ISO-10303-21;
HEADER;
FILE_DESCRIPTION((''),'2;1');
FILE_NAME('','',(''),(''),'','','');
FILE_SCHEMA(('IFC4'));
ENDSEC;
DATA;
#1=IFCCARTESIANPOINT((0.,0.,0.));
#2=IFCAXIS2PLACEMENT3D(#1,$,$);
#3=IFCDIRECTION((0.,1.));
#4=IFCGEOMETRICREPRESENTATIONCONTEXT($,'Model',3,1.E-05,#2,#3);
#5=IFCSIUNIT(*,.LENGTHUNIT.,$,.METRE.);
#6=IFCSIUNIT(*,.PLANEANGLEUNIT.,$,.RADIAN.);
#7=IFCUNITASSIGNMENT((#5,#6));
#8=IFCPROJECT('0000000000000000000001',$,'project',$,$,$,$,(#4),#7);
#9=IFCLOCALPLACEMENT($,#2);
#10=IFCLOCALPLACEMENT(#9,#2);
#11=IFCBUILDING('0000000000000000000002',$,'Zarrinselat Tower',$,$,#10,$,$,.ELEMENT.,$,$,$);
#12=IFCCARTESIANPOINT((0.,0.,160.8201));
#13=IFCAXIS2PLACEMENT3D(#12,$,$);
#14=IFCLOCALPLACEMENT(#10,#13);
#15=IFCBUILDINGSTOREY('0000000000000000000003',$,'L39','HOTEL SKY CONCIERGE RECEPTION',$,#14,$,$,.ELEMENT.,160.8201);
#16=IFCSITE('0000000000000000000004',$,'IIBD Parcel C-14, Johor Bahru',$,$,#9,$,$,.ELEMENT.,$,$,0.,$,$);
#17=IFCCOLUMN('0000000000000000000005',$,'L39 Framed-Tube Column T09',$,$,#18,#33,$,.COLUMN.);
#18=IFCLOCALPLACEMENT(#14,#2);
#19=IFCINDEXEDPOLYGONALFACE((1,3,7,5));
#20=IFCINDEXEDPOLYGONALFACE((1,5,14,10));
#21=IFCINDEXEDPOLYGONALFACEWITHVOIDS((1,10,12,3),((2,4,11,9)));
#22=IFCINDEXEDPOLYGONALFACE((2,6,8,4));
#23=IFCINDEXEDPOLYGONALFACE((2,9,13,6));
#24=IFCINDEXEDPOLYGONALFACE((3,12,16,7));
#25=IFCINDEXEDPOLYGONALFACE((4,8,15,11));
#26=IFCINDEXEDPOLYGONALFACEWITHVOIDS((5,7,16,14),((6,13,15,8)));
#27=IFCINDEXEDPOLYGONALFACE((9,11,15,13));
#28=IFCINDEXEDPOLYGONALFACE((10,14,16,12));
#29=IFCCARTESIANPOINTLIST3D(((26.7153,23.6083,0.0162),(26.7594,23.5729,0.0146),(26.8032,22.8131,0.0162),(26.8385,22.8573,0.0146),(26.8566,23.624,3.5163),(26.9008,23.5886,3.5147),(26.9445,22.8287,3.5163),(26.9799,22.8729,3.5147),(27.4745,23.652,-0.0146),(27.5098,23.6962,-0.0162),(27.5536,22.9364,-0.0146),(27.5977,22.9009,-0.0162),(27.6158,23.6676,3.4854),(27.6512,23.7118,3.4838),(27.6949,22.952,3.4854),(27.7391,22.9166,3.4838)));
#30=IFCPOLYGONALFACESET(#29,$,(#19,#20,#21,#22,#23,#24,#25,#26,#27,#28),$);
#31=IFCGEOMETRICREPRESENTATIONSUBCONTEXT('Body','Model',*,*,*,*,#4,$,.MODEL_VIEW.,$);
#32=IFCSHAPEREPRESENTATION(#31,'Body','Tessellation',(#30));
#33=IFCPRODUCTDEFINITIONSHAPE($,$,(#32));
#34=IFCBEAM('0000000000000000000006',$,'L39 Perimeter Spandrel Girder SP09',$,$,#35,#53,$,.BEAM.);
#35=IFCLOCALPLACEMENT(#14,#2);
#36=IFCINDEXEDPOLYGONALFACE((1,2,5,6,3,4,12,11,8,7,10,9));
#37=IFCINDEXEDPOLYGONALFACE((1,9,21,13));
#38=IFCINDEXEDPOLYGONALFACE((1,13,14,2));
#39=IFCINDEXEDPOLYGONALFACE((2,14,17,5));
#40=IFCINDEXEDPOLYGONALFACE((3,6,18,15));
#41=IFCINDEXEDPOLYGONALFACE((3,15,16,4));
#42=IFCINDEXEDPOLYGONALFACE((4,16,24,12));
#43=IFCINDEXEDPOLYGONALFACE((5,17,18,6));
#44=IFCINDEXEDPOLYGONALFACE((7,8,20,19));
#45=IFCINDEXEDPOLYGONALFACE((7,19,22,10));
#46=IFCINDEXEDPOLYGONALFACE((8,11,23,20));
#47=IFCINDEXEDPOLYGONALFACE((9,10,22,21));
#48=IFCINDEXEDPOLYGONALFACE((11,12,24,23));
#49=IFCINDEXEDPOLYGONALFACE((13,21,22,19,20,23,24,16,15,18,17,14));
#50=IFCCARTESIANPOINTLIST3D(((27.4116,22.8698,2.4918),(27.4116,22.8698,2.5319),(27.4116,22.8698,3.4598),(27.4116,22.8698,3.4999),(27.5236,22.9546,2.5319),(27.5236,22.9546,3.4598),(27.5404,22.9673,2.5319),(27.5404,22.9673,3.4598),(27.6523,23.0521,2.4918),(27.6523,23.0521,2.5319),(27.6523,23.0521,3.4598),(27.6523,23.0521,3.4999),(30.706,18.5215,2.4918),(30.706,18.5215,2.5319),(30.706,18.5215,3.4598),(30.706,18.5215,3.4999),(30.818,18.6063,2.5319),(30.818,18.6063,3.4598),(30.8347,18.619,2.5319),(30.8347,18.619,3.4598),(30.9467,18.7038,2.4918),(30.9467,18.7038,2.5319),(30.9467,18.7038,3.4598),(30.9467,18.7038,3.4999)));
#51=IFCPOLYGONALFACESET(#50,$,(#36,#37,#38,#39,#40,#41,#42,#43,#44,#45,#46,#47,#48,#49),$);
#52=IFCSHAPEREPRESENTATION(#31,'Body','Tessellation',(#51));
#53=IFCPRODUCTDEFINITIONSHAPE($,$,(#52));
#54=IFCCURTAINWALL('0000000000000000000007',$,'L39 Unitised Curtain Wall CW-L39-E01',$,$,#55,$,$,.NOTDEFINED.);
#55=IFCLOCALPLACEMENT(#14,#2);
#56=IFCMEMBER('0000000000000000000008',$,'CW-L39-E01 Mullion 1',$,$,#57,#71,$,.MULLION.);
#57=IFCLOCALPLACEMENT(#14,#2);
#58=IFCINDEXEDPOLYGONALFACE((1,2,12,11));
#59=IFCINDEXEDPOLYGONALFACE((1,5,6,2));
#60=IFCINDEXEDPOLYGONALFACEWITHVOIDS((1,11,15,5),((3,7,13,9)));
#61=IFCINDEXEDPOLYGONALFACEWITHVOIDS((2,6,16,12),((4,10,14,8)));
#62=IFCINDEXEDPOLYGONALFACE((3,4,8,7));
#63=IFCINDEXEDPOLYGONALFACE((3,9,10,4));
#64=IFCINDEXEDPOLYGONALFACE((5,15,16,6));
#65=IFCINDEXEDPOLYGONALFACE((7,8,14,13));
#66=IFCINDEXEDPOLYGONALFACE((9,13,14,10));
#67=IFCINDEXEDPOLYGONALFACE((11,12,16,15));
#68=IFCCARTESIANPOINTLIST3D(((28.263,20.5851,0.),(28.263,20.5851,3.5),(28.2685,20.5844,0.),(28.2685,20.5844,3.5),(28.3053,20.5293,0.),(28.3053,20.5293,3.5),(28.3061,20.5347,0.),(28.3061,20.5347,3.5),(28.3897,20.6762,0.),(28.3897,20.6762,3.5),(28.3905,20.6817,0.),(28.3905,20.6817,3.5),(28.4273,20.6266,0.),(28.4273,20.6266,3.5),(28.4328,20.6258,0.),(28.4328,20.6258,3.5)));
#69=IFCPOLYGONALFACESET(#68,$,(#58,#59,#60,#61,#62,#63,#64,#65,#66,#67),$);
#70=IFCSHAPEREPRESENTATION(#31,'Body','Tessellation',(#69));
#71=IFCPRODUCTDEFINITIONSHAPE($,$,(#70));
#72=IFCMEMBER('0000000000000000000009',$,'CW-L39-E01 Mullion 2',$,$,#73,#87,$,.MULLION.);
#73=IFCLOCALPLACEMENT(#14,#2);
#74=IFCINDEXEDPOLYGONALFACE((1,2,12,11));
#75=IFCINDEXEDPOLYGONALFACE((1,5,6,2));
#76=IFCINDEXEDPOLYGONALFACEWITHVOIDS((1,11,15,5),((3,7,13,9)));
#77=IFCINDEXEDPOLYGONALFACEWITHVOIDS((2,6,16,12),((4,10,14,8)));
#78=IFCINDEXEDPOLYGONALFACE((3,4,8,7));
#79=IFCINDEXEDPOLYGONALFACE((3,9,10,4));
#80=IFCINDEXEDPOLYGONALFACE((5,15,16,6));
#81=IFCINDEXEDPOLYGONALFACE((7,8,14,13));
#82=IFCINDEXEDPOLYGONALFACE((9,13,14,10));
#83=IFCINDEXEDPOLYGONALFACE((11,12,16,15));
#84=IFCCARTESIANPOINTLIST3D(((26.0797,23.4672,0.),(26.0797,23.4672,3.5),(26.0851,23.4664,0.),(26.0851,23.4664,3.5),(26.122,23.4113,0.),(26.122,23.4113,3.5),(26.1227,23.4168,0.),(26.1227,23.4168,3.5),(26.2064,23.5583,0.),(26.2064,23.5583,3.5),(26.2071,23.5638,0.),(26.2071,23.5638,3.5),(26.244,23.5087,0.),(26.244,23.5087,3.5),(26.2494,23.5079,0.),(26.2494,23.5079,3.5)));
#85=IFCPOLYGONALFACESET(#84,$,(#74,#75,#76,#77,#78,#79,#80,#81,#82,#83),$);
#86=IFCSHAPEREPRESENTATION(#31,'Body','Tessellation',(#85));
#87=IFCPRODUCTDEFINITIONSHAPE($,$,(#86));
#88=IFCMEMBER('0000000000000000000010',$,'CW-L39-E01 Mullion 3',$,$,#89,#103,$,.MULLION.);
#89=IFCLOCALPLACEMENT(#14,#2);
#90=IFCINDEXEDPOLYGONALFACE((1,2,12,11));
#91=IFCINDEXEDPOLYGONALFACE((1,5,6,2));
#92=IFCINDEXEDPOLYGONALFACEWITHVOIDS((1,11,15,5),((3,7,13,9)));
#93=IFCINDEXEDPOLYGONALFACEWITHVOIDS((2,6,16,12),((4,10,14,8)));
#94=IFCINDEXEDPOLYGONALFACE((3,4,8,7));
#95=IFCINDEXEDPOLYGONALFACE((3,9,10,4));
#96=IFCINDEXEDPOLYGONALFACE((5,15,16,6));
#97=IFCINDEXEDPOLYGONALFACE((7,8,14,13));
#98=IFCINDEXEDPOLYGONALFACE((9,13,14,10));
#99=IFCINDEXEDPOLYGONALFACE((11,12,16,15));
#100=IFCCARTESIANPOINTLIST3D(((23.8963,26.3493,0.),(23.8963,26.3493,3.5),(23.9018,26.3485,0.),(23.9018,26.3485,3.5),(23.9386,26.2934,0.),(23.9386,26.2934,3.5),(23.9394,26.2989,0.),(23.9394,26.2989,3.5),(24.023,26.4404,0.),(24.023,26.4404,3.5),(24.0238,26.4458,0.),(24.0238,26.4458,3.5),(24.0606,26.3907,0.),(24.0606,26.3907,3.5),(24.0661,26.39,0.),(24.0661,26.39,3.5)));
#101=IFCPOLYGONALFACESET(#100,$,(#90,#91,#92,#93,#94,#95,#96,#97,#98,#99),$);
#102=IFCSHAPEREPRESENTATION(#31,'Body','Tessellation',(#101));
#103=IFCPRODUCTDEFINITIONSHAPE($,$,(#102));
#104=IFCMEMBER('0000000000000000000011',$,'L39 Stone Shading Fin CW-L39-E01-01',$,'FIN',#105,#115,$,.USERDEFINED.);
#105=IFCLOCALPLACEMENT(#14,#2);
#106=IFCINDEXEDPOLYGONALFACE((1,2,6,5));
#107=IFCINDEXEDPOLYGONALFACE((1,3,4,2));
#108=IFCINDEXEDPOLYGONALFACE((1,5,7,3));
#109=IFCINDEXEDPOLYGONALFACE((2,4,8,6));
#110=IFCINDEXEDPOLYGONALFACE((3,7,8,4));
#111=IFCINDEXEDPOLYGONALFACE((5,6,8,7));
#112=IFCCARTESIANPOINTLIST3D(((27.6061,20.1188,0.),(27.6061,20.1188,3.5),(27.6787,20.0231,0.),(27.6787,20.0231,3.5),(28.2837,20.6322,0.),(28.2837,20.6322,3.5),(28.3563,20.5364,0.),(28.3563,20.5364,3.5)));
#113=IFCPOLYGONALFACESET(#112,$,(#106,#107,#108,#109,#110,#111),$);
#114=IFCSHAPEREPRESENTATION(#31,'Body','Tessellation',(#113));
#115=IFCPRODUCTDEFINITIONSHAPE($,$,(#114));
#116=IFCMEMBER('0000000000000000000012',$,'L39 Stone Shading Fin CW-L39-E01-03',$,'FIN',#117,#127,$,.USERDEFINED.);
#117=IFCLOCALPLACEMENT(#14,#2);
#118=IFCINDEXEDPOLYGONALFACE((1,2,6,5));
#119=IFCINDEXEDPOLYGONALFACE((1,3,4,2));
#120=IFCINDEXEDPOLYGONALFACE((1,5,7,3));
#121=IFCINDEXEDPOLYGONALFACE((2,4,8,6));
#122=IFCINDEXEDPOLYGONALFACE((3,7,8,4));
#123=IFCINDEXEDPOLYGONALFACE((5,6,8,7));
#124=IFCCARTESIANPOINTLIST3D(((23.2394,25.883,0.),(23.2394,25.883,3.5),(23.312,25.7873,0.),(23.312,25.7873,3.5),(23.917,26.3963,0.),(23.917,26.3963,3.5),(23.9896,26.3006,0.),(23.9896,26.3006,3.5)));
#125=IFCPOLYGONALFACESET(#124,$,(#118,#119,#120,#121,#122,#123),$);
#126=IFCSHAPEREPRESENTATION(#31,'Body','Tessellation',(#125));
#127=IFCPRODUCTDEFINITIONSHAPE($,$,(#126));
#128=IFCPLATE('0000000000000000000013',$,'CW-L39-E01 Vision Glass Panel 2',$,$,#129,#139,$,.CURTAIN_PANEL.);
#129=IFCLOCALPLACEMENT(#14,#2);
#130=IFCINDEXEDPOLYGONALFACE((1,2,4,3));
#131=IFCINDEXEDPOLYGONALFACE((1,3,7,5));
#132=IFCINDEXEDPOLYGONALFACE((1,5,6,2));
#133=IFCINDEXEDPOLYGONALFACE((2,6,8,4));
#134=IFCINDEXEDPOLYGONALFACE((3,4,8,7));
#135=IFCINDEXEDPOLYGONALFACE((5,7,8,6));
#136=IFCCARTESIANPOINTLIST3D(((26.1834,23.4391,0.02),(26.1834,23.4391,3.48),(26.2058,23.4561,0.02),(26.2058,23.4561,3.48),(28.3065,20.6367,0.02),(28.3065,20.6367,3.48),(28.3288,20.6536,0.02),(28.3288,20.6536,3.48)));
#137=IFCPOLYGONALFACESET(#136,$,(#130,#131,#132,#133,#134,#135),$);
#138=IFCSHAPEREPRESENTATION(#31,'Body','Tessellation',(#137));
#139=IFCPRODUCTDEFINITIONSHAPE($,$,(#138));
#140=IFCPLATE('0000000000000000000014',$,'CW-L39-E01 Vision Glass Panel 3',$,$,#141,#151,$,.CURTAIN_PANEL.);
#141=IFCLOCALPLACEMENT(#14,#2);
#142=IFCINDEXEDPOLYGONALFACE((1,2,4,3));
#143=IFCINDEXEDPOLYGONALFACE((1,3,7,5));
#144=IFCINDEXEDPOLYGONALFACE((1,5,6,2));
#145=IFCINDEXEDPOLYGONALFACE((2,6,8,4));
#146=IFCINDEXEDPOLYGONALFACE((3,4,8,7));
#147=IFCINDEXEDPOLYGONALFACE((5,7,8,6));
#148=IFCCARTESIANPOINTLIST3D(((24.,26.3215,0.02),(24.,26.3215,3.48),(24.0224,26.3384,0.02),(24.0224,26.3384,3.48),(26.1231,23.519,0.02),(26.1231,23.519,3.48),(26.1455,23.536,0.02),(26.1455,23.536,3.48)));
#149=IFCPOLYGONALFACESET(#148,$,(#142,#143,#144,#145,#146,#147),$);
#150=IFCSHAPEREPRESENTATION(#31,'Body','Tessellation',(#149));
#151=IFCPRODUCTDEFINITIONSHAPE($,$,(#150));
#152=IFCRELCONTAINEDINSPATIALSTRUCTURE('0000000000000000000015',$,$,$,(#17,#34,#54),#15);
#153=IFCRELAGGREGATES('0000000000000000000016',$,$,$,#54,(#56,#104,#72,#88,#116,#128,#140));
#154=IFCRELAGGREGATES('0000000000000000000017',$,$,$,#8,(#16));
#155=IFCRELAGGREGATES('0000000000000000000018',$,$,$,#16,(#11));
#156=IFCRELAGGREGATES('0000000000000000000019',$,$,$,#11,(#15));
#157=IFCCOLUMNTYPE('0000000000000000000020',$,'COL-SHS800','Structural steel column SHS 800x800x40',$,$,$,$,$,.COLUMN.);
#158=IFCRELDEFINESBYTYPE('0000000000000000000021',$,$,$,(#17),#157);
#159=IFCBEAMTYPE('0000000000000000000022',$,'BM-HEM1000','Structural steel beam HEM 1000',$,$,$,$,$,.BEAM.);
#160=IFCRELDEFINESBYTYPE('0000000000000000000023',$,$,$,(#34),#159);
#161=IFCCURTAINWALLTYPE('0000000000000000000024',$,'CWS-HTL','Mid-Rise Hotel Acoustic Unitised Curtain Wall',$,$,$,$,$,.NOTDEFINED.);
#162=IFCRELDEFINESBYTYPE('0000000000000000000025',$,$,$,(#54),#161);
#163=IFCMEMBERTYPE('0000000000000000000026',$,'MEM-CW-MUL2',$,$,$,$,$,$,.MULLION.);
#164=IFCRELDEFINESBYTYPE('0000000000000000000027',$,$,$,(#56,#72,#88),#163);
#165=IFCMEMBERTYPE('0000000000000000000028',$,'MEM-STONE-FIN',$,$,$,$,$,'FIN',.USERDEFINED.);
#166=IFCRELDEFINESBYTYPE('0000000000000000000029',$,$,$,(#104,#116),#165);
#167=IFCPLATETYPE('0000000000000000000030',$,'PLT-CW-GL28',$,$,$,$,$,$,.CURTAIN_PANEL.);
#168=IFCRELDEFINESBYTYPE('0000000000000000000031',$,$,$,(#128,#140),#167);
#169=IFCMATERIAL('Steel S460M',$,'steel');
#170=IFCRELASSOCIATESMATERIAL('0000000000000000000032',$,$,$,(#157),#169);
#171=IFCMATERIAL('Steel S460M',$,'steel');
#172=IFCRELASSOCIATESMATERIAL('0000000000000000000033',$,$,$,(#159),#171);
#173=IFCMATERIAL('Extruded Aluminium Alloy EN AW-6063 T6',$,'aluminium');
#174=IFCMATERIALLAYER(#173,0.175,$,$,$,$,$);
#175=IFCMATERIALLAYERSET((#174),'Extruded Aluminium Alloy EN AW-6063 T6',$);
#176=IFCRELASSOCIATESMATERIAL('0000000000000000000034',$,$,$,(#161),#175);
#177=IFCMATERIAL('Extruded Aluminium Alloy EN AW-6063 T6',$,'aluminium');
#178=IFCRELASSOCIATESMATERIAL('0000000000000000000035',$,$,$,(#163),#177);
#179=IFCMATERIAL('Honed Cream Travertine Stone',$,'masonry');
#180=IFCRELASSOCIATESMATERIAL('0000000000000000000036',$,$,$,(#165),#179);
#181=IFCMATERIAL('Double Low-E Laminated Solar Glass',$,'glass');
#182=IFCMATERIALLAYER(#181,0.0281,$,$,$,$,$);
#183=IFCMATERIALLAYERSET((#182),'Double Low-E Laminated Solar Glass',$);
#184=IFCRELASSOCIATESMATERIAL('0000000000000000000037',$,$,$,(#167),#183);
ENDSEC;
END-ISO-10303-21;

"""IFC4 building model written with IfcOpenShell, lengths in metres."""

from ifc_helpers import new_model, si_unit, direction, frame, origin, origin_2d, place, context, subcontext, project, spatial, rectangle, hollow_rectangle, i_section, extrude, material, layer, layer_set, material_profile, profile_set, type_object, element, aggregate, save


model = new_model("IFC4")

# Units and contexts
model_context = context("Model", 3, precision=1e-05, world=origin(), true_north=direction((0.0, 1.0)))
body_context = subcontext(model_context, "Body", "Model", "MODEL_VIEW")
ifc_project = project(units=[si_unit("LENGTHUNIT", "METRE"), si_unit("PLANEANGLEUNIT", "RADIAN")], contexts=[model_context])

# Site, building, storey
site_placement = place(None, origin())
site = spatial("IfcSite", under=ifc_project, at=site_placement, Name="IIBD Parcel C-14, Johor Bahru", CompositionType="ELEMENT", RefElevation=0.0)
building_placement = place(site_placement, origin())
building = spatial("IfcBuilding", under=site, at=building_placement, Name="Zarrinselat Tower", CompositionType="ELEMENT")
storey_placement = place(building_placement, frame((0.0, 0.0, 160.8201)))
storey = spatial("IfcBuildingStorey", under=building, at=storey_placement, Name="L39", Description="HOTEL SKY CONCIERGE RECEPTION", CompositionType="ELEMENT", Elevation=160.8201)

# Column
ifc_material_1 = material(Name="Steel S460M", Category="steel")
ifc_material_profile_1 = material_profile(ifc_material_1, hollow_rectangle(XDim=0.8, YDim=0.8, WallThickness=0.04, at=origin_2d()), Name="SHS 800x800x40")
ifc_profile_set_1 = profile_set([ifc_material_profile_1], Name="Steel S460M")
column_type = type_object("IfcColumnType", Name="COL-SHS800", Description="Structural steel column SHS 800x800x40", PredefinedType="COLUMN", material=ifc_profile_set_1)
column_placement = place(storey_placement, frame((27.1565, 23.2546, 0.0), z_axis=(0.040355, 0.004461, 0.999175), x_axis=(-0.109866, 0.993946, 0.0)))
element("IfcColumn", 1, at=column_placement, inside=storey, type_object=column_type, Name="L39 Framed-Tube Column T09", PredefinedType="COLUMN", context=body_context, shape_type="SweptSolid", body=[
    extrude(hollow_rectangle(XDim=0.8, YDim=0.8, WallThickness=0.04, at=origin_2d()), origin(), (0.0, 0.0, 1.0), 3.5029),
])

# Beam
ifc_material_2 = material(Name="Steel S460M", Category="steel")
ifc_material_profile_2 = material_profile(ifc_material_2, i_section(OverallWidth=0.302, OverallDepth=1.0081, WebThickness=0.021, FlangeThickness=0.04, at=origin_2d()), Name="HEM 1000")
ifc_profile_set_2 = profile_set([ifc_material_profile_2], Name="Steel S460M")
beam_type = type_object("IfcBeamType", Name="BM-HEM1000", Description="Structural steel beam HEM 1000", PredefinedType="BEAM", material=ifc_profile_set_2)
beam_placement = place(storey_placement, frame((27.532, 22.9609, 2.9958), z_axis=(0.603881, -0.797075, 0.0), x_axis=(0.797075, 0.603881, 0.0)))
element("IfcBeam", 2, at=beam_placement, inside=storey, type_object=beam_type, Name="L39 Perimeter Spandrel Girder SP09", PredefinedType="BEAM", context=body_context, shape_type="SweptSolid", body=[
    extrude(i_section(OverallWidth=0.302, OverallDepth=1.0081, WebThickness=0.021, FlangeThickness=0.04, at=origin_2d()), origin(), (0.0, 0.0, 1.0), 5.4553),
])

# Curtain wall, members, plates
ifc_material_3 = material(Name="Extruded Aluminium Alloy EN AW-6063 T6", Category="aluminium")
ifc_layer_1 = layer(ifc_material_3, 0.175)
ifc_layer_set_1 = layer_set([ifc_layer_1], Name="Extruded Aluminium Alloy EN AW-6063 T6")
curtain_wall_type = type_object("IfcCurtainWallType", Name="CWS-HTL", Description="Mid-Rise Hotel Acoustic Unitised Curtain Wall", PredefinedType="NOTDEFINED", material=ifc_layer_set_1)
curtain_wall_placement = place(storey_placement, origin())
curtain_wall = element("IfcCurtainWall", 3, at=curtain_wall_placement, inside=storey, type_object=curtain_wall_type, Name="L39 Unitised Curtain Wall CW-L39-E01", PredefinedType="NOTDEFINED")
ifc_material_4 = material(Name="Extruded Aluminium Alloy EN AW-6063 T6", Category="aluminium")
ifc_material_profile_3 = material_profile(ifc_material_4, hollow_rectangle(XDim=0.0701, YDim=0.1599, WallThickness=0.0039, at=origin_2d()), Name="RHS 160x70x4")
ifc_profile_set_3 = profile_set([ifc_material_profile_3], Name="Extruded Aluminium Alloy EN AW-6063 T6")
member_type_1 = type_object("IfcMemberType", Name="MEM-CW-MUL2", PredefinedType="MULLION", material=ifc_profile_set_3)
member_1_placement = place(storey_placement, frame((28.3479, 20.6055, 0.0), z_axis=(0.0, 0.0, 1.0), x_axis=(-0.603858, 0.797092, 0.0)))
member_1 = element("IfcMember", 4, at=member_1_placement, type_object=member_type_1, Name="CW-L39-E01 Mullion 1", PredefinedType="MULLION", context=body_context, shape_type="SweptSolid", body=[
    extrude(hollow_rectangle(XDim=0.0701, YDim=0.1599, WallThickness=0.0039, at=origin_2d()), origin(), (0.0, 0.0, 1.0), 3.5),
])
member_2_placement = place(storey_placement, frame((26.1646, 23.4875, 0.0), z_axis=(0.0, 0.0, 1.0), x_axis=(-0.603858, 0.797092, 0.0)))
member_2 = element("IfcMember", 5, at=member_2_placement, type_object=member_type_1, Name="CW-L39-E01 Mullion 2", PredefinedType="MULLION", context=body_context, shape_type="SweptSolid", body=[
    extrude(hollow_rectangle(XDim=0.0701, YDim=0.1599, WallThickness=0.0039, at=origin_2d()), origin(), (0.0, 0.0, 1.0), 3.5),
])
member_3_placement = place(storey_placement, frame((23.9812, 26.3696, 0.0), z_axis=(0.0, 0.0, 1.0), x_axis=(-0.603858, 0.797092, 0.0)))
member_3 = element("IfcMember", 6, at=member_3_placement, type_object=member_type_1, Name="CW-L39-E01 Mullion 3", PredefinedType="MULLION", context=body_context, shape_type="SweptSolid", body=[
    extrude(hollow_rectangle(XDim=0.0701, YDim=0.1599, WallThickness=0.0039, at=origin_2d()), origin(), (0.0, 0.0, 1.0), 3.5),
])
ifc_material_5 = material(Name="Honed Cream Travertine Stone", Category="masonry")
ifc_material_profile_4 = material_profile(ifc_material_5, rectangle(XDim=0.1201, YDim=0.8501, at=origin_2d()), Name="FIN 850x120")
ifc_profile_set_4 = profile_set([ifc_material_profile_4], Name="Honed Cream Travertine Stone")
member_type_2 = type_object("IfcMemberType", Name="MEM-STONE-FIN", ElementType="FIN", PredefinedType="USERDEFINED", material=ifc_profile_set_4)
member_4_placement = place(storey_placement, frame((27.9812, 20.3276, 0.0), z_axis=(0.0, 0.0, 1.0), x_axis=(-0.603858, 0.797092, 0.0)))
member_4 = element("IfcMember", 7, at=member_4_placement, type_object=member_type_2, Name="L39 Stone Shading Fin CW-L39-E01-01", ObjectType="FIN", PredefinedType="USERDEFINED", context=body_context, shape_type="SweptSolid", body=[
    extrude(rectangle(XDim=0.1201, YDim=0.8501, at=origin_2d()), origin(), (0.0, 0.0, 1.0), 3.5),
])
member_5_placement = place(storey_placement, frame((23.6145, 26.0918, 0.0), z_axis=(0.0, 0.0, 1.0), x_axis=(-0.603858, 0.797092, 0.0)))
member_5 = element("IfcMember", 8, at=member_5_placement, type_object=member_type_2, Name="L39 Stone Shading Fin CW-L39-E01-03", ObjectType="FIN", PredefinedType="USERDEFINED", context=body_context, shape_type="SweptSolid", body=[
    extrude(rectangle(XDim=0.1201, YDim=0.8501, at=origin_2d()), origin(), (0.0, 0.0, 1.0), 3.5),
])
ifc_material_6 = material(Name="Double Low-E Laminated Solar Glass", Category="glass")
ifc_layer_2 = layer(ifc_material_6, 0.0281)
ifc_layer_set_2 = layer_set([ifc_layer_2], Name="Double Low-E Laminated Solar Glass")
plate_type = type_object("IfcPlateType", Name="PLT-CW-GL28", PredefinedType="CURTAIN_PANEL", material=ifc_layer_set_2)
plate_1_placement = place(storey_placement, frame((27.2561, 22.0464, 0.02), z_axis=(0.0, 0.0, 1.0), x_axis=(-0.603858, 0.797092, 0.0)))
plate_1 = element("IfcPlate", 9, at=plate_1_placement, type_object=plate_type, Name="CW-L39-E01 Vision Glass Panel 2", PredefinedType="CURTAIN_PANEL", context=body_context, shape_type="SweptSolid", body=[
    extrude(rectangle(XDim=3.5159, YDim=0.0281, at=origin_2d()), origin(), (0.0, 0.0, 1.0), 3.46),
])
plate_2_placement = place(storey_placement, frame((25.0728, 24.9287, 0.02), z_axis=(0.0, 0.0, 1.0), x_axis=(-0.603858, 0.797092, 0.0)))
plate_2 = element("IfcPlate", 10, at=plate_2_placement, type_object=plate_type, Name="CW-L39-E01 Vision Glass Panel 3", PredefinedType="CURTAIN_PANEL", context=body_context, shape_type="SweptSolid", body=[
    extrude(rectangle(XDim=3.5159, YDim=0.0281, at=origin_2d()), origin(), (0.0, 0.0, 1.0), 3.46),
])
aggregate(curtain_wall, [member_1, member_4, member_2, member_3, member_5, plate_1, plate_2])

save(model, "model.ifc")
